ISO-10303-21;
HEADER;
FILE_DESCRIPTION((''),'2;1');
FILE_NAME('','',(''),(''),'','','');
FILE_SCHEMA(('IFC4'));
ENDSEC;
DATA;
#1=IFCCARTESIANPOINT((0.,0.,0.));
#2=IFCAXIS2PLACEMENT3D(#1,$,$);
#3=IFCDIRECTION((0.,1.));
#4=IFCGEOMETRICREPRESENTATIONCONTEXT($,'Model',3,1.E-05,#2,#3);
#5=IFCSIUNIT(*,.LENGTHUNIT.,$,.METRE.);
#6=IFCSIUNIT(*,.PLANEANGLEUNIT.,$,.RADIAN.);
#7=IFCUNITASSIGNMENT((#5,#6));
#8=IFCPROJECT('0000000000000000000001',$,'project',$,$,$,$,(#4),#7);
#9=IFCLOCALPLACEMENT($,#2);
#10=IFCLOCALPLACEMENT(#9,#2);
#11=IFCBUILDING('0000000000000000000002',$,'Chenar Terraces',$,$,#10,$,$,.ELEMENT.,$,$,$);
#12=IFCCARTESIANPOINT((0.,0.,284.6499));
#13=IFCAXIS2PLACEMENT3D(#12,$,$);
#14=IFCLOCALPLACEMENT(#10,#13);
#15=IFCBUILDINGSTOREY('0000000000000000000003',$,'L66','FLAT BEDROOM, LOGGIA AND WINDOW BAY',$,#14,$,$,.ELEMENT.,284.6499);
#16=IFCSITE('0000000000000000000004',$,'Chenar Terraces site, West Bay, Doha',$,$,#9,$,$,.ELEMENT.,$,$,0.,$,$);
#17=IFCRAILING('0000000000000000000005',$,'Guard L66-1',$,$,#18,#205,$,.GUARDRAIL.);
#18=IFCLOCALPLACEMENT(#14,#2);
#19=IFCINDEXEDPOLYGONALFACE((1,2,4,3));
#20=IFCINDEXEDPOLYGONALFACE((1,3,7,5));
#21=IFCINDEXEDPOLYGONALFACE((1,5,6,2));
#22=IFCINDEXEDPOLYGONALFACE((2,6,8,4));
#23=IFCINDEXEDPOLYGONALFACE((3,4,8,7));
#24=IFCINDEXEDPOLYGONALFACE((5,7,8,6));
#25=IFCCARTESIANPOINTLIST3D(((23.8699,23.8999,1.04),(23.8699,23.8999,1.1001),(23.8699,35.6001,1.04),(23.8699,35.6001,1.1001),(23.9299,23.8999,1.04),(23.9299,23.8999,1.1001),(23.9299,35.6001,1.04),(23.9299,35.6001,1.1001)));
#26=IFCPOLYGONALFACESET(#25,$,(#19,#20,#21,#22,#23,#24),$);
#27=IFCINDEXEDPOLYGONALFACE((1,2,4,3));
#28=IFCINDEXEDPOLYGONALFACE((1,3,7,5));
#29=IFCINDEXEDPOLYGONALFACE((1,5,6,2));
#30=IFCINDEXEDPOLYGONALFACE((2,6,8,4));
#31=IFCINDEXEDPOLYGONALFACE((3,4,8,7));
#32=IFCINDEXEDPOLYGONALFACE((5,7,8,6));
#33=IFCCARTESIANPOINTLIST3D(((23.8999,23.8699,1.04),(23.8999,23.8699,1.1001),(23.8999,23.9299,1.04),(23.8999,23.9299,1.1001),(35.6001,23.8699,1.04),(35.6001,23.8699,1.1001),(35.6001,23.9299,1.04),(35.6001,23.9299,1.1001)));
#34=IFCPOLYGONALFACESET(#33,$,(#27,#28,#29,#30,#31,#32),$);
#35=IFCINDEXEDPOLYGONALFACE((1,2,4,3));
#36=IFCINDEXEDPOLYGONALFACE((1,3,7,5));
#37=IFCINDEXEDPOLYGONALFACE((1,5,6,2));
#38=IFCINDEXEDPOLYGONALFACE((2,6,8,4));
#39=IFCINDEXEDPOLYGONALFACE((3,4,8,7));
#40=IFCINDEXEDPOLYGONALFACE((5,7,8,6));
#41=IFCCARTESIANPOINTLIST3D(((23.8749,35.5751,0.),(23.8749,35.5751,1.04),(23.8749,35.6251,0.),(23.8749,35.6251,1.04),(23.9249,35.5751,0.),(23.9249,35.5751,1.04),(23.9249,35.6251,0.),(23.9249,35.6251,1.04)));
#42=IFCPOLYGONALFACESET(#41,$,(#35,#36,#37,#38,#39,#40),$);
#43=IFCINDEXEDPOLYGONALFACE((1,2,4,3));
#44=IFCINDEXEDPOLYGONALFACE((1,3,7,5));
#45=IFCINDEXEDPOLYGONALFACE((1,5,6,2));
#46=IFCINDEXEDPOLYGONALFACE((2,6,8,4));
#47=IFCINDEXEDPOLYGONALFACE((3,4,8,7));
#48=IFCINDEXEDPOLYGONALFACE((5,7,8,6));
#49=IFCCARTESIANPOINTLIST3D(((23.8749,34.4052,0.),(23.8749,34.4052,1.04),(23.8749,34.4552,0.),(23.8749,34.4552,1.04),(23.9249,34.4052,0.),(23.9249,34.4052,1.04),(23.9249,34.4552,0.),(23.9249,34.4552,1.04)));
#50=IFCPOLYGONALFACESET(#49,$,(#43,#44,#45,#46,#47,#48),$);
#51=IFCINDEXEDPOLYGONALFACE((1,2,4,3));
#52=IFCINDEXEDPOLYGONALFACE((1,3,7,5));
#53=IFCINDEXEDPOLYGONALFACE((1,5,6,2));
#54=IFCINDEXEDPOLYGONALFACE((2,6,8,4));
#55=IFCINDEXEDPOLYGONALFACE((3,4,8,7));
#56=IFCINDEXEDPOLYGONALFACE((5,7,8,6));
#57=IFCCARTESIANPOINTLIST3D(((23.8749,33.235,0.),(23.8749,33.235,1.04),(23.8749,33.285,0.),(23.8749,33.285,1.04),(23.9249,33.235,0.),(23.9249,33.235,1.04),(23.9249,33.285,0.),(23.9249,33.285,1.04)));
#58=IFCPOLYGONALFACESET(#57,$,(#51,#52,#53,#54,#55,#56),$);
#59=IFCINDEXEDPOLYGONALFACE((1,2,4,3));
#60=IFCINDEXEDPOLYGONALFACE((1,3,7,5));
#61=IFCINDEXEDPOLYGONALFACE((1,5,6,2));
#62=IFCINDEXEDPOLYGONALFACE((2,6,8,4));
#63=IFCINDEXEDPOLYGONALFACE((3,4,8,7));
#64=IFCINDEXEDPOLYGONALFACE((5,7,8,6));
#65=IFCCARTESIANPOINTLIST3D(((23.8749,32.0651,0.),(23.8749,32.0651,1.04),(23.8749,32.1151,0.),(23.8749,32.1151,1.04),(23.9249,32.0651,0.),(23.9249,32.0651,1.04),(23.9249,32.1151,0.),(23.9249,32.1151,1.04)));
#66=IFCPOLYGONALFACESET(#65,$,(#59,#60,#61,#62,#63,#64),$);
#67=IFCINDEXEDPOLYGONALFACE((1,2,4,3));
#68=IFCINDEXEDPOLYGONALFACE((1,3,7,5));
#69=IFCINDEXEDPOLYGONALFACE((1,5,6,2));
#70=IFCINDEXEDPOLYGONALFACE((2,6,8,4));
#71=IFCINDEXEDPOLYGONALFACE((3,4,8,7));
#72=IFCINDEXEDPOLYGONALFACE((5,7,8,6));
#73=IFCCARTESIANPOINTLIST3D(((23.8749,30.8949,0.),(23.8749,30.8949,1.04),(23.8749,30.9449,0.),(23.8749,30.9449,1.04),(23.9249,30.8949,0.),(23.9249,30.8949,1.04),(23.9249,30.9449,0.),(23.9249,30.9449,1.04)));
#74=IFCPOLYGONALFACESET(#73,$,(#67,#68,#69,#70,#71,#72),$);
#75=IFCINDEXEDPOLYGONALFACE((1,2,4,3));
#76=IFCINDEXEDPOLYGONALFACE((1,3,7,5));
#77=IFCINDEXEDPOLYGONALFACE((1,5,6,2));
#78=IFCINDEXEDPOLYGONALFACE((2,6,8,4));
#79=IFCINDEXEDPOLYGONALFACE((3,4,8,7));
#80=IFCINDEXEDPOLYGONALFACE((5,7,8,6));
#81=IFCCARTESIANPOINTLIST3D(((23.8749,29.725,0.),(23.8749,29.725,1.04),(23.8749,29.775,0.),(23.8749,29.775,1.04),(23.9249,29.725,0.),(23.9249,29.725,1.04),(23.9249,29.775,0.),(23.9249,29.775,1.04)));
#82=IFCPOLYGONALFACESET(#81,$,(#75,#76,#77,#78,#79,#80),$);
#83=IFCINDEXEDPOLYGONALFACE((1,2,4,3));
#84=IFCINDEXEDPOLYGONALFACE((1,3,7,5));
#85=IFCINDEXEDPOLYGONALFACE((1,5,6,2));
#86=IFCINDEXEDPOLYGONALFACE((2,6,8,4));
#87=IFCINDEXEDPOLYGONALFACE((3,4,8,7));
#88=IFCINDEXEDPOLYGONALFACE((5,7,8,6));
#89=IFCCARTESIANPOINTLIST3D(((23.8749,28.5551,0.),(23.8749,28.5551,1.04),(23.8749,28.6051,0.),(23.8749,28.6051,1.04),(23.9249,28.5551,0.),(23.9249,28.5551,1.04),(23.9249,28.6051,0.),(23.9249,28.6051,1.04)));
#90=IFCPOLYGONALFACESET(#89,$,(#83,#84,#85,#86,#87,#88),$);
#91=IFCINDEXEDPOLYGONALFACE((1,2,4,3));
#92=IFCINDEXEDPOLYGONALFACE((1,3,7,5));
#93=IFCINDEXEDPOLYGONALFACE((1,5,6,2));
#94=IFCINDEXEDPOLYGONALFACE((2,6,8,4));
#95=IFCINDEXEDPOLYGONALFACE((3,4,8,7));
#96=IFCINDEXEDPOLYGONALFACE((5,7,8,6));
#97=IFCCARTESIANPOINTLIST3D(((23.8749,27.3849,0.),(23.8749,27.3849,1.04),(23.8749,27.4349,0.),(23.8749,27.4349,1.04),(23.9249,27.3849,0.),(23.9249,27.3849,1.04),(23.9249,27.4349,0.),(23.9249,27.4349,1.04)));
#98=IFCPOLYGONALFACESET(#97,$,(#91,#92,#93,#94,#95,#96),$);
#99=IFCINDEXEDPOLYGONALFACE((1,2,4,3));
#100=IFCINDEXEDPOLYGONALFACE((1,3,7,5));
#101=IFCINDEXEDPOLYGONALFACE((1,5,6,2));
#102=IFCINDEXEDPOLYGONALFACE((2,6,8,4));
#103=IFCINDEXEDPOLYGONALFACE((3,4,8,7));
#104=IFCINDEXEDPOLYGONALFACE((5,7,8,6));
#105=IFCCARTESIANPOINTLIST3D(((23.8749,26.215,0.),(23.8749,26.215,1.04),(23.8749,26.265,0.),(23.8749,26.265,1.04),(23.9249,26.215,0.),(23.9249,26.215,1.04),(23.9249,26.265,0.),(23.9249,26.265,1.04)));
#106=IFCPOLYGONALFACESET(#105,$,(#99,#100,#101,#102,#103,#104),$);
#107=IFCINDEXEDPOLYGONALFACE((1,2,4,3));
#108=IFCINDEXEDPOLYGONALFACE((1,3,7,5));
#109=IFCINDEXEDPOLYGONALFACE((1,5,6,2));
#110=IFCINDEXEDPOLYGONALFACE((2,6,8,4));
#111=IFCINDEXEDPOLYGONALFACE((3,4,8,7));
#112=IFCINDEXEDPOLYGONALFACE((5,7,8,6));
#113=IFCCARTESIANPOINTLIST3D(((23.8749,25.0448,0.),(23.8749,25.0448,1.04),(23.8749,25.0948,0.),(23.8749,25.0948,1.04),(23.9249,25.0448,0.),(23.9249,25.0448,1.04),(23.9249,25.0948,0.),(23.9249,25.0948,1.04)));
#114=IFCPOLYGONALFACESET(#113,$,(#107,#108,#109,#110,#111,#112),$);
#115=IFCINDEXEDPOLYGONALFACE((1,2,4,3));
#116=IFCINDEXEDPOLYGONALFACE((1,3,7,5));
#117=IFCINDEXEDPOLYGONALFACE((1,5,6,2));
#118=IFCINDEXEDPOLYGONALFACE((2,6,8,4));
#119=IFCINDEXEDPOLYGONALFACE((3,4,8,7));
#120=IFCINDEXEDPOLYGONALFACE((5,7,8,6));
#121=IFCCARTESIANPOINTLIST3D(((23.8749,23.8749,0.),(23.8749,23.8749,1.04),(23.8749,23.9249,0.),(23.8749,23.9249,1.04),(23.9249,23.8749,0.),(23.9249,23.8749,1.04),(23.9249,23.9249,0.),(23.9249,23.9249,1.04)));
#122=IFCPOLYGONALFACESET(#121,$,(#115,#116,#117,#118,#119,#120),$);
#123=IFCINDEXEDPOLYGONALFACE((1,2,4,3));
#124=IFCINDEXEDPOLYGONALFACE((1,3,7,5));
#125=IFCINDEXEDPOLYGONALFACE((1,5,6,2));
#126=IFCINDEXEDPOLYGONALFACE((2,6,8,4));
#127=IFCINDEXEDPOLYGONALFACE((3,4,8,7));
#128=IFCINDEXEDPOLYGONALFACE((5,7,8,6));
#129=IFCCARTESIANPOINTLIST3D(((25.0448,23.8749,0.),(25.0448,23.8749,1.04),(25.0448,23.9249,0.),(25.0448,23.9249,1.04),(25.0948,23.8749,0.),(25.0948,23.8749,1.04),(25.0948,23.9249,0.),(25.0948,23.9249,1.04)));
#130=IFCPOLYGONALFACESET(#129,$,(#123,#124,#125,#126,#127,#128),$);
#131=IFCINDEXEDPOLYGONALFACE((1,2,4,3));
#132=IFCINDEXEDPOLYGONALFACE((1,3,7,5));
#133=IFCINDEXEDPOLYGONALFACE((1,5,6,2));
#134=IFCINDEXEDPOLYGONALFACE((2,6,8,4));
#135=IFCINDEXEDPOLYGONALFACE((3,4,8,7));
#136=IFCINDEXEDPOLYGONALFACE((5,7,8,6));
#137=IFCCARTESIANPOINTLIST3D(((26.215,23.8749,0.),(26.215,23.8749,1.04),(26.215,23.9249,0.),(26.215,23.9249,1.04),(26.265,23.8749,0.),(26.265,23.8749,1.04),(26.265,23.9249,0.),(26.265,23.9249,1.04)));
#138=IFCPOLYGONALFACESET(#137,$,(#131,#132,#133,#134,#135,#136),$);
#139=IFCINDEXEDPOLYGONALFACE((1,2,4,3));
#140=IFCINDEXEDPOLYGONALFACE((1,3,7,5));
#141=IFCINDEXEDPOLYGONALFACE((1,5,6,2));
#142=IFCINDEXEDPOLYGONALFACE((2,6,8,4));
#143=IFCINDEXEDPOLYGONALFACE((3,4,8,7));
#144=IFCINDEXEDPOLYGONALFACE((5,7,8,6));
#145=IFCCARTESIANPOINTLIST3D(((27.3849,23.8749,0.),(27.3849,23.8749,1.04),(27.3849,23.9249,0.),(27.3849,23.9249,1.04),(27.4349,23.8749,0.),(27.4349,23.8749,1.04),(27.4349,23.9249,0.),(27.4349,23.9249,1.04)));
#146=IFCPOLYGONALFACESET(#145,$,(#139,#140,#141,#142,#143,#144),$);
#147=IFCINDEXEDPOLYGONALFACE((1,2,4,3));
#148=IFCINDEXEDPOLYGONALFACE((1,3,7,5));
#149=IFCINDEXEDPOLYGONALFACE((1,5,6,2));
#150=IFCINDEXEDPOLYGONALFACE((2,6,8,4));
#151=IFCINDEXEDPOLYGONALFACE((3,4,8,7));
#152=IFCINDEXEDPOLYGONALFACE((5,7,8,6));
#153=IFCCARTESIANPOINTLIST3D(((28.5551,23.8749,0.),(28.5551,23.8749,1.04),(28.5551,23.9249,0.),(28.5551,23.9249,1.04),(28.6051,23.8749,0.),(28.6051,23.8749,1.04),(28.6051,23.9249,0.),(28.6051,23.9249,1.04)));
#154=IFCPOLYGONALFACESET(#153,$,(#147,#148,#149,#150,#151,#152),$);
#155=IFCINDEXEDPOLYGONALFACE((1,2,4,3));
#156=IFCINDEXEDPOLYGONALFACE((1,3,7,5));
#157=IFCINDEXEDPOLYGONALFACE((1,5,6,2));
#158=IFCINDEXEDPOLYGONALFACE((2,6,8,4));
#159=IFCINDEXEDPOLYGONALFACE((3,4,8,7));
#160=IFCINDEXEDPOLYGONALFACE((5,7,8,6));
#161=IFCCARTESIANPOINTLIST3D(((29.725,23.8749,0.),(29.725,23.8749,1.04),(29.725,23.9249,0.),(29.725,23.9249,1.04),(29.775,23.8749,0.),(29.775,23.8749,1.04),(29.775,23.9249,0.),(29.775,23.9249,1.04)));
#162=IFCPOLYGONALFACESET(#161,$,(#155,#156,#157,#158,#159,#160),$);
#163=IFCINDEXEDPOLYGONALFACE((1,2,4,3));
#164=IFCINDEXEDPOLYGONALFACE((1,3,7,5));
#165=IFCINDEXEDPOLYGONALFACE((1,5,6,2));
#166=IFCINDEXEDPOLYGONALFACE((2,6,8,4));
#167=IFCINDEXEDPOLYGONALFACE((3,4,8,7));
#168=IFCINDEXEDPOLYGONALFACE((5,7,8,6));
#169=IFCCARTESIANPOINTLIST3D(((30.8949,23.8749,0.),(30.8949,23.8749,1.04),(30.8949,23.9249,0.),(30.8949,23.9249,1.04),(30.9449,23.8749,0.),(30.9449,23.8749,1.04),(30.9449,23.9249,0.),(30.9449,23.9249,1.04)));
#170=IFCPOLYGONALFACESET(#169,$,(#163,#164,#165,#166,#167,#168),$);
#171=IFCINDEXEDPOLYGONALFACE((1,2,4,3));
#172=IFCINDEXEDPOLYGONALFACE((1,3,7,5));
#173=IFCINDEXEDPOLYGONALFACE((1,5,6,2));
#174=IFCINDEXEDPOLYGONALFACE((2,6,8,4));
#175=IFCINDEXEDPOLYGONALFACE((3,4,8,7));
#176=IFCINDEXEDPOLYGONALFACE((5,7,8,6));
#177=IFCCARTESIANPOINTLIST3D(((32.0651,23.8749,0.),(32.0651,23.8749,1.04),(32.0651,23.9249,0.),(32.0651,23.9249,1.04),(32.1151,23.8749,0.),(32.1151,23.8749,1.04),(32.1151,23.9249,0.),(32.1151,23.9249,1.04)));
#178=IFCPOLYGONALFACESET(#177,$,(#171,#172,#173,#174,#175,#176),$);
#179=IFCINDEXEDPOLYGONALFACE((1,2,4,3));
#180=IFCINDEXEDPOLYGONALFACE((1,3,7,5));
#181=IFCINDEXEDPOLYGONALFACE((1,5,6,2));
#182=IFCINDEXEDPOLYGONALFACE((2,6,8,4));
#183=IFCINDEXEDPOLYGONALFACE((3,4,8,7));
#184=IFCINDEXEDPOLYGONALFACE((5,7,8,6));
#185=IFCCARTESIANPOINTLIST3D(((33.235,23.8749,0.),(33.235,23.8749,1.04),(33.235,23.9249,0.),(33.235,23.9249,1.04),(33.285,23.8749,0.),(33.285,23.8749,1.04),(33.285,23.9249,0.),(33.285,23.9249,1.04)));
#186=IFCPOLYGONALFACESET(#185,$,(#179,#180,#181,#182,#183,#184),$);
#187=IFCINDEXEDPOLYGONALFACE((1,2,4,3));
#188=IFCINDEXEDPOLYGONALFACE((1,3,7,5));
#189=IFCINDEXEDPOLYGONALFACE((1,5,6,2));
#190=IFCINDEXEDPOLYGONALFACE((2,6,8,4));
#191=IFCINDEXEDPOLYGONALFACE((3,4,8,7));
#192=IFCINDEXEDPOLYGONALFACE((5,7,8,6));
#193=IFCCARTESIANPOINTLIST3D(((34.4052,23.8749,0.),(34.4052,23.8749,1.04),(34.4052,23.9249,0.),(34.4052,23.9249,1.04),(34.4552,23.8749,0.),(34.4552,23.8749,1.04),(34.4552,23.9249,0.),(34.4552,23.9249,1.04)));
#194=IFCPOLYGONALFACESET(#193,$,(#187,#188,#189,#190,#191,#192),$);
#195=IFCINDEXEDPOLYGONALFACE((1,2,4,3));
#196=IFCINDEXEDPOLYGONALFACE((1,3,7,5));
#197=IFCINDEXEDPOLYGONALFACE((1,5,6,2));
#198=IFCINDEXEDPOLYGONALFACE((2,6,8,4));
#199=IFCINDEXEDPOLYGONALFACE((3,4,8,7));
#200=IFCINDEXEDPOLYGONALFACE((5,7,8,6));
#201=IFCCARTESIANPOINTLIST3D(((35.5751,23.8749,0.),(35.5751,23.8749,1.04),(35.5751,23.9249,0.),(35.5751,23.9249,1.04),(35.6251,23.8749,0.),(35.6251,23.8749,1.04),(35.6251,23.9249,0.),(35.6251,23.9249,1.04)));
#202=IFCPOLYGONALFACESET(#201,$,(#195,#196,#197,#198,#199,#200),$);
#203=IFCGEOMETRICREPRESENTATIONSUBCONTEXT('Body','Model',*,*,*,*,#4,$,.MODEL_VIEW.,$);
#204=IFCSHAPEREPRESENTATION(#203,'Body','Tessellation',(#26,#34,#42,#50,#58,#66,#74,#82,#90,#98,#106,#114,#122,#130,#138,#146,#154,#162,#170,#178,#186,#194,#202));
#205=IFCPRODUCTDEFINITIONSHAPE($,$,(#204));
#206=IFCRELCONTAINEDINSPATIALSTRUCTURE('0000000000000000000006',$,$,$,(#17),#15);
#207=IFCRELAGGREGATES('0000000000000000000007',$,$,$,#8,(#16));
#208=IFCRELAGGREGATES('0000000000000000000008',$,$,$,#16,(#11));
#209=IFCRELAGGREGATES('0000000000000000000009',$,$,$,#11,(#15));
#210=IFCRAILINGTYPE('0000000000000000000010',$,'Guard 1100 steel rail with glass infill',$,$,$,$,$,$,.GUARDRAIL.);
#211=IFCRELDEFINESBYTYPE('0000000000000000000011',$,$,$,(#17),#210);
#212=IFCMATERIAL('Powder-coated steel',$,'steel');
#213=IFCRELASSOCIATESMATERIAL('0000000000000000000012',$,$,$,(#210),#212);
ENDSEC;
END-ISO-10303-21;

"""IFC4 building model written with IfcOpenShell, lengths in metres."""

from ifc_helpers import new_model, si_unit, direction, frame, origin, origin_2d, place, context, subcontext, project, spatial, rectangle, extrude, material, type_object, element, save


model = new_model("IFC4")

# Units and contexts
model_context = context("Model", 3, precision=1e-05, world=origin(), true_north=direction((0.0, 1.0)))
body_context = subcontext(model_context, "Body", "Model", "MODEL_VIEW")
ifc_project = project(units=[si_unit("LENGTHUNIT", "METRE"), si_unit("PLANEANGLEUNIT", "RADIAN")], contexts=[model_context])

# Site, building, storey
site_placement = place(None, origin())
site = spatial("IfcSite", under=ifc_project, at=site_placement, Name="Chenar Terraces site, West Bay, Doha", CompositionType="ELEMENT", RefElevation=0.0)
building_placement = place(site_placement, origin())
building = spatial("IfcBuilding", under=site, at=building_placement, Name="Chenar Terraces", CompositionType="ELEMENT")
storey_placement = place(building_placement, frame((0.0, 0.0, 284.6499)))
storey = spatial("IfcBuildingStorey", under=building, at=storey_placement, Name="L66", Description="FLAT BEDROOM, LOGGIA AND WINDOW BAY", CompositionType="ELEMENT", Elevation=284.6499)

# Railing
ifc_material_1 = material(Name="Powder-coated steel", Category="steel")
railing_type = type_object("IfcRailingType", Name="Guard 1100 steel rail with glass infill", PredefinedType="GUARDRAIL", material=ifc_material_1)
railing_placement = place(storey_placement, frame((23.8999, 35.6001, 0.0)))
element("IfcRailing", 1, at=railing_placement, inside=storey, type_object=railing_type, Name="Guard L66-1", PredefinedType="GUARDRAIL", context=body_context, shape_type="SweptSolid", body=[
    extrude(rectangle(XDim=0.0601, YDim=0.0601, at=origin_2d()), frame((0.0, 0.0, 1.0701), z_axis=(0.0, -1.0, 0.0), x_axis=(1.0, 0.0, 0.0)), (0.0, 0.0, 1.0), 11.7002),
    extrude(rectangle(XDim=0.0601, YDim=0.0601, at=origin_2d()), frame((0.0, -11.7002, 1.0701), z_axis=(1.0, 0.0, 0.0), x_axis=(0.0, 1.0, 0.0)), (0.0, 0.0, 1.0), 11.7002),
    extrude(rectangle(XDim=0.05, YDim=0.05, at=origin_2d()), origin(), (0.0, 0.0, 1.0), 1.04),
    extrude(rectangle(XDim=0.05, YDim=0.05, at=origin_2d()), frame((0.0, -1.1699, 0.0)), (0.0, 0.0, 1.0), 1.04),
    extrude(rectangle(XDim=0.05, YDim=0.05, at=origin_2d()), frame((0.0, -2.3401, 0.0)), (0.0, 0.0, 1.0), 1.04),
    extrude(rectangle(XDim=0.05, YDim=0.05, at=origin_2d()), frame((0.0, -3.51, 0.0)), (0.0, 0.0, 1.0), 1.04),
    extrude(rectangle(XDim=0.05, YDim=0.05, at=origin_2d()), frame((0.0, -4.6802, 0.0)), (0.0, 0.0, 1.0), 1.04),
    extrude(rectangle(XDim=0.05, YDim=0.05, at=origin_2d()), frame((0.0, -5.8501, 0.0)), (0.0, 0.0, 1.0), 1.04),
    extrude(rectangle(XDim=0.05, YDim=0.05, at=origin_2d()), frame((0.0, -7.02, 0.0)), (0.0, 0.0, 1.0), 1.04),
    extrude(rectangle(XDim=0.05, YDim=0.05, at=origin_2d()), frame((0.0, -8.1902, 0.0)), (0.0, 0.0, 1.0), 1.04),
    extrude(rectangle(XDim=0.05, YDim=0.05, at=origin_2d()), frame((0.0, -9.3601, 0.0)), (0.0, 0.0, 1.0), 1.04),
    extrude(rectangle(XDim=0.05, YDim=0.05, at=origin_2d()), frame((0.0, -10.5303, 0.0)), (0.0, 0.0, 1.0), 1.04),
    extrude(rectangle(XDim=0.05, YDim=0.05, at=origin_2d()), frame((0.0, -11.7002, 0.0)), (0.0, 0.0, 1.0), 1.04),
    extrude(rectangle(XDim=0.05, YDim=0.05, at=origin_2d()), frame((1.1699, -11.7002, 0.0)), (0.0, 0.0, 1.0), 1.04),
    extrude(rectangle(XDim=0.05, YDim=0.05, at=origin_2d()), frame((2.3401, -11.7002, 0.0)), (0.0, 0.0, 1.0), 1.04),
    extrude(rectangle(XDim=0.05, YDim=0.05, at=origin_2d()), frame((3.51, -11.7002, 0.0)), (0.0, 0.0, 1.0), 1.04),
    extrude(rectangle(XDim=0.05, YDim=0.05, at=origin_2d()), frame((4.6802, -11.7002, 0.0)), (0.0, 0.0, 1.0), 1.04),
    extrude(rectangle(XDim=0.05, YDim=0.05, at=origin_2d()), frame((5.8501, -11.7002, 0.0)), (0.0, 0.0, 1.0), 1.04),
    extrude(rectangle(XDim=0.05, YDim=0.05, at=origin_2d()), frame((7.02, -11.7002, 0.0)), (0.0, 0.0, 1.0), 1.04),
    extrude(rectangle(XDim=0.05, YDim=0.05, at=origin_2d()), frame((8.1902, -11.7002, 0.0)), (0.0, 0.0, 1.0), 1.04),
    extrude(rectangle(XDim=0.05, YDim=0.05, at=origin_2d()), frame((9.3601, -11.7002, 0.0)), (0.0, 0.0, 1.0), 1.04),
    extrude(rectangle(XDim=0.05, YDim=0.05, at=origin_2d()), frame((10.5303, -11.7002, 0.0)), (0.0, 0.0, 1.0), 1.04),
    extrude(rectangle(XDim=0.05, YDim=0.05, at=origin_2d()), frame((11.7002, -11.7002, 0.0)), (0.0, 0.0, 1.0), 1.04),
])

save(model, "model.ifc")
